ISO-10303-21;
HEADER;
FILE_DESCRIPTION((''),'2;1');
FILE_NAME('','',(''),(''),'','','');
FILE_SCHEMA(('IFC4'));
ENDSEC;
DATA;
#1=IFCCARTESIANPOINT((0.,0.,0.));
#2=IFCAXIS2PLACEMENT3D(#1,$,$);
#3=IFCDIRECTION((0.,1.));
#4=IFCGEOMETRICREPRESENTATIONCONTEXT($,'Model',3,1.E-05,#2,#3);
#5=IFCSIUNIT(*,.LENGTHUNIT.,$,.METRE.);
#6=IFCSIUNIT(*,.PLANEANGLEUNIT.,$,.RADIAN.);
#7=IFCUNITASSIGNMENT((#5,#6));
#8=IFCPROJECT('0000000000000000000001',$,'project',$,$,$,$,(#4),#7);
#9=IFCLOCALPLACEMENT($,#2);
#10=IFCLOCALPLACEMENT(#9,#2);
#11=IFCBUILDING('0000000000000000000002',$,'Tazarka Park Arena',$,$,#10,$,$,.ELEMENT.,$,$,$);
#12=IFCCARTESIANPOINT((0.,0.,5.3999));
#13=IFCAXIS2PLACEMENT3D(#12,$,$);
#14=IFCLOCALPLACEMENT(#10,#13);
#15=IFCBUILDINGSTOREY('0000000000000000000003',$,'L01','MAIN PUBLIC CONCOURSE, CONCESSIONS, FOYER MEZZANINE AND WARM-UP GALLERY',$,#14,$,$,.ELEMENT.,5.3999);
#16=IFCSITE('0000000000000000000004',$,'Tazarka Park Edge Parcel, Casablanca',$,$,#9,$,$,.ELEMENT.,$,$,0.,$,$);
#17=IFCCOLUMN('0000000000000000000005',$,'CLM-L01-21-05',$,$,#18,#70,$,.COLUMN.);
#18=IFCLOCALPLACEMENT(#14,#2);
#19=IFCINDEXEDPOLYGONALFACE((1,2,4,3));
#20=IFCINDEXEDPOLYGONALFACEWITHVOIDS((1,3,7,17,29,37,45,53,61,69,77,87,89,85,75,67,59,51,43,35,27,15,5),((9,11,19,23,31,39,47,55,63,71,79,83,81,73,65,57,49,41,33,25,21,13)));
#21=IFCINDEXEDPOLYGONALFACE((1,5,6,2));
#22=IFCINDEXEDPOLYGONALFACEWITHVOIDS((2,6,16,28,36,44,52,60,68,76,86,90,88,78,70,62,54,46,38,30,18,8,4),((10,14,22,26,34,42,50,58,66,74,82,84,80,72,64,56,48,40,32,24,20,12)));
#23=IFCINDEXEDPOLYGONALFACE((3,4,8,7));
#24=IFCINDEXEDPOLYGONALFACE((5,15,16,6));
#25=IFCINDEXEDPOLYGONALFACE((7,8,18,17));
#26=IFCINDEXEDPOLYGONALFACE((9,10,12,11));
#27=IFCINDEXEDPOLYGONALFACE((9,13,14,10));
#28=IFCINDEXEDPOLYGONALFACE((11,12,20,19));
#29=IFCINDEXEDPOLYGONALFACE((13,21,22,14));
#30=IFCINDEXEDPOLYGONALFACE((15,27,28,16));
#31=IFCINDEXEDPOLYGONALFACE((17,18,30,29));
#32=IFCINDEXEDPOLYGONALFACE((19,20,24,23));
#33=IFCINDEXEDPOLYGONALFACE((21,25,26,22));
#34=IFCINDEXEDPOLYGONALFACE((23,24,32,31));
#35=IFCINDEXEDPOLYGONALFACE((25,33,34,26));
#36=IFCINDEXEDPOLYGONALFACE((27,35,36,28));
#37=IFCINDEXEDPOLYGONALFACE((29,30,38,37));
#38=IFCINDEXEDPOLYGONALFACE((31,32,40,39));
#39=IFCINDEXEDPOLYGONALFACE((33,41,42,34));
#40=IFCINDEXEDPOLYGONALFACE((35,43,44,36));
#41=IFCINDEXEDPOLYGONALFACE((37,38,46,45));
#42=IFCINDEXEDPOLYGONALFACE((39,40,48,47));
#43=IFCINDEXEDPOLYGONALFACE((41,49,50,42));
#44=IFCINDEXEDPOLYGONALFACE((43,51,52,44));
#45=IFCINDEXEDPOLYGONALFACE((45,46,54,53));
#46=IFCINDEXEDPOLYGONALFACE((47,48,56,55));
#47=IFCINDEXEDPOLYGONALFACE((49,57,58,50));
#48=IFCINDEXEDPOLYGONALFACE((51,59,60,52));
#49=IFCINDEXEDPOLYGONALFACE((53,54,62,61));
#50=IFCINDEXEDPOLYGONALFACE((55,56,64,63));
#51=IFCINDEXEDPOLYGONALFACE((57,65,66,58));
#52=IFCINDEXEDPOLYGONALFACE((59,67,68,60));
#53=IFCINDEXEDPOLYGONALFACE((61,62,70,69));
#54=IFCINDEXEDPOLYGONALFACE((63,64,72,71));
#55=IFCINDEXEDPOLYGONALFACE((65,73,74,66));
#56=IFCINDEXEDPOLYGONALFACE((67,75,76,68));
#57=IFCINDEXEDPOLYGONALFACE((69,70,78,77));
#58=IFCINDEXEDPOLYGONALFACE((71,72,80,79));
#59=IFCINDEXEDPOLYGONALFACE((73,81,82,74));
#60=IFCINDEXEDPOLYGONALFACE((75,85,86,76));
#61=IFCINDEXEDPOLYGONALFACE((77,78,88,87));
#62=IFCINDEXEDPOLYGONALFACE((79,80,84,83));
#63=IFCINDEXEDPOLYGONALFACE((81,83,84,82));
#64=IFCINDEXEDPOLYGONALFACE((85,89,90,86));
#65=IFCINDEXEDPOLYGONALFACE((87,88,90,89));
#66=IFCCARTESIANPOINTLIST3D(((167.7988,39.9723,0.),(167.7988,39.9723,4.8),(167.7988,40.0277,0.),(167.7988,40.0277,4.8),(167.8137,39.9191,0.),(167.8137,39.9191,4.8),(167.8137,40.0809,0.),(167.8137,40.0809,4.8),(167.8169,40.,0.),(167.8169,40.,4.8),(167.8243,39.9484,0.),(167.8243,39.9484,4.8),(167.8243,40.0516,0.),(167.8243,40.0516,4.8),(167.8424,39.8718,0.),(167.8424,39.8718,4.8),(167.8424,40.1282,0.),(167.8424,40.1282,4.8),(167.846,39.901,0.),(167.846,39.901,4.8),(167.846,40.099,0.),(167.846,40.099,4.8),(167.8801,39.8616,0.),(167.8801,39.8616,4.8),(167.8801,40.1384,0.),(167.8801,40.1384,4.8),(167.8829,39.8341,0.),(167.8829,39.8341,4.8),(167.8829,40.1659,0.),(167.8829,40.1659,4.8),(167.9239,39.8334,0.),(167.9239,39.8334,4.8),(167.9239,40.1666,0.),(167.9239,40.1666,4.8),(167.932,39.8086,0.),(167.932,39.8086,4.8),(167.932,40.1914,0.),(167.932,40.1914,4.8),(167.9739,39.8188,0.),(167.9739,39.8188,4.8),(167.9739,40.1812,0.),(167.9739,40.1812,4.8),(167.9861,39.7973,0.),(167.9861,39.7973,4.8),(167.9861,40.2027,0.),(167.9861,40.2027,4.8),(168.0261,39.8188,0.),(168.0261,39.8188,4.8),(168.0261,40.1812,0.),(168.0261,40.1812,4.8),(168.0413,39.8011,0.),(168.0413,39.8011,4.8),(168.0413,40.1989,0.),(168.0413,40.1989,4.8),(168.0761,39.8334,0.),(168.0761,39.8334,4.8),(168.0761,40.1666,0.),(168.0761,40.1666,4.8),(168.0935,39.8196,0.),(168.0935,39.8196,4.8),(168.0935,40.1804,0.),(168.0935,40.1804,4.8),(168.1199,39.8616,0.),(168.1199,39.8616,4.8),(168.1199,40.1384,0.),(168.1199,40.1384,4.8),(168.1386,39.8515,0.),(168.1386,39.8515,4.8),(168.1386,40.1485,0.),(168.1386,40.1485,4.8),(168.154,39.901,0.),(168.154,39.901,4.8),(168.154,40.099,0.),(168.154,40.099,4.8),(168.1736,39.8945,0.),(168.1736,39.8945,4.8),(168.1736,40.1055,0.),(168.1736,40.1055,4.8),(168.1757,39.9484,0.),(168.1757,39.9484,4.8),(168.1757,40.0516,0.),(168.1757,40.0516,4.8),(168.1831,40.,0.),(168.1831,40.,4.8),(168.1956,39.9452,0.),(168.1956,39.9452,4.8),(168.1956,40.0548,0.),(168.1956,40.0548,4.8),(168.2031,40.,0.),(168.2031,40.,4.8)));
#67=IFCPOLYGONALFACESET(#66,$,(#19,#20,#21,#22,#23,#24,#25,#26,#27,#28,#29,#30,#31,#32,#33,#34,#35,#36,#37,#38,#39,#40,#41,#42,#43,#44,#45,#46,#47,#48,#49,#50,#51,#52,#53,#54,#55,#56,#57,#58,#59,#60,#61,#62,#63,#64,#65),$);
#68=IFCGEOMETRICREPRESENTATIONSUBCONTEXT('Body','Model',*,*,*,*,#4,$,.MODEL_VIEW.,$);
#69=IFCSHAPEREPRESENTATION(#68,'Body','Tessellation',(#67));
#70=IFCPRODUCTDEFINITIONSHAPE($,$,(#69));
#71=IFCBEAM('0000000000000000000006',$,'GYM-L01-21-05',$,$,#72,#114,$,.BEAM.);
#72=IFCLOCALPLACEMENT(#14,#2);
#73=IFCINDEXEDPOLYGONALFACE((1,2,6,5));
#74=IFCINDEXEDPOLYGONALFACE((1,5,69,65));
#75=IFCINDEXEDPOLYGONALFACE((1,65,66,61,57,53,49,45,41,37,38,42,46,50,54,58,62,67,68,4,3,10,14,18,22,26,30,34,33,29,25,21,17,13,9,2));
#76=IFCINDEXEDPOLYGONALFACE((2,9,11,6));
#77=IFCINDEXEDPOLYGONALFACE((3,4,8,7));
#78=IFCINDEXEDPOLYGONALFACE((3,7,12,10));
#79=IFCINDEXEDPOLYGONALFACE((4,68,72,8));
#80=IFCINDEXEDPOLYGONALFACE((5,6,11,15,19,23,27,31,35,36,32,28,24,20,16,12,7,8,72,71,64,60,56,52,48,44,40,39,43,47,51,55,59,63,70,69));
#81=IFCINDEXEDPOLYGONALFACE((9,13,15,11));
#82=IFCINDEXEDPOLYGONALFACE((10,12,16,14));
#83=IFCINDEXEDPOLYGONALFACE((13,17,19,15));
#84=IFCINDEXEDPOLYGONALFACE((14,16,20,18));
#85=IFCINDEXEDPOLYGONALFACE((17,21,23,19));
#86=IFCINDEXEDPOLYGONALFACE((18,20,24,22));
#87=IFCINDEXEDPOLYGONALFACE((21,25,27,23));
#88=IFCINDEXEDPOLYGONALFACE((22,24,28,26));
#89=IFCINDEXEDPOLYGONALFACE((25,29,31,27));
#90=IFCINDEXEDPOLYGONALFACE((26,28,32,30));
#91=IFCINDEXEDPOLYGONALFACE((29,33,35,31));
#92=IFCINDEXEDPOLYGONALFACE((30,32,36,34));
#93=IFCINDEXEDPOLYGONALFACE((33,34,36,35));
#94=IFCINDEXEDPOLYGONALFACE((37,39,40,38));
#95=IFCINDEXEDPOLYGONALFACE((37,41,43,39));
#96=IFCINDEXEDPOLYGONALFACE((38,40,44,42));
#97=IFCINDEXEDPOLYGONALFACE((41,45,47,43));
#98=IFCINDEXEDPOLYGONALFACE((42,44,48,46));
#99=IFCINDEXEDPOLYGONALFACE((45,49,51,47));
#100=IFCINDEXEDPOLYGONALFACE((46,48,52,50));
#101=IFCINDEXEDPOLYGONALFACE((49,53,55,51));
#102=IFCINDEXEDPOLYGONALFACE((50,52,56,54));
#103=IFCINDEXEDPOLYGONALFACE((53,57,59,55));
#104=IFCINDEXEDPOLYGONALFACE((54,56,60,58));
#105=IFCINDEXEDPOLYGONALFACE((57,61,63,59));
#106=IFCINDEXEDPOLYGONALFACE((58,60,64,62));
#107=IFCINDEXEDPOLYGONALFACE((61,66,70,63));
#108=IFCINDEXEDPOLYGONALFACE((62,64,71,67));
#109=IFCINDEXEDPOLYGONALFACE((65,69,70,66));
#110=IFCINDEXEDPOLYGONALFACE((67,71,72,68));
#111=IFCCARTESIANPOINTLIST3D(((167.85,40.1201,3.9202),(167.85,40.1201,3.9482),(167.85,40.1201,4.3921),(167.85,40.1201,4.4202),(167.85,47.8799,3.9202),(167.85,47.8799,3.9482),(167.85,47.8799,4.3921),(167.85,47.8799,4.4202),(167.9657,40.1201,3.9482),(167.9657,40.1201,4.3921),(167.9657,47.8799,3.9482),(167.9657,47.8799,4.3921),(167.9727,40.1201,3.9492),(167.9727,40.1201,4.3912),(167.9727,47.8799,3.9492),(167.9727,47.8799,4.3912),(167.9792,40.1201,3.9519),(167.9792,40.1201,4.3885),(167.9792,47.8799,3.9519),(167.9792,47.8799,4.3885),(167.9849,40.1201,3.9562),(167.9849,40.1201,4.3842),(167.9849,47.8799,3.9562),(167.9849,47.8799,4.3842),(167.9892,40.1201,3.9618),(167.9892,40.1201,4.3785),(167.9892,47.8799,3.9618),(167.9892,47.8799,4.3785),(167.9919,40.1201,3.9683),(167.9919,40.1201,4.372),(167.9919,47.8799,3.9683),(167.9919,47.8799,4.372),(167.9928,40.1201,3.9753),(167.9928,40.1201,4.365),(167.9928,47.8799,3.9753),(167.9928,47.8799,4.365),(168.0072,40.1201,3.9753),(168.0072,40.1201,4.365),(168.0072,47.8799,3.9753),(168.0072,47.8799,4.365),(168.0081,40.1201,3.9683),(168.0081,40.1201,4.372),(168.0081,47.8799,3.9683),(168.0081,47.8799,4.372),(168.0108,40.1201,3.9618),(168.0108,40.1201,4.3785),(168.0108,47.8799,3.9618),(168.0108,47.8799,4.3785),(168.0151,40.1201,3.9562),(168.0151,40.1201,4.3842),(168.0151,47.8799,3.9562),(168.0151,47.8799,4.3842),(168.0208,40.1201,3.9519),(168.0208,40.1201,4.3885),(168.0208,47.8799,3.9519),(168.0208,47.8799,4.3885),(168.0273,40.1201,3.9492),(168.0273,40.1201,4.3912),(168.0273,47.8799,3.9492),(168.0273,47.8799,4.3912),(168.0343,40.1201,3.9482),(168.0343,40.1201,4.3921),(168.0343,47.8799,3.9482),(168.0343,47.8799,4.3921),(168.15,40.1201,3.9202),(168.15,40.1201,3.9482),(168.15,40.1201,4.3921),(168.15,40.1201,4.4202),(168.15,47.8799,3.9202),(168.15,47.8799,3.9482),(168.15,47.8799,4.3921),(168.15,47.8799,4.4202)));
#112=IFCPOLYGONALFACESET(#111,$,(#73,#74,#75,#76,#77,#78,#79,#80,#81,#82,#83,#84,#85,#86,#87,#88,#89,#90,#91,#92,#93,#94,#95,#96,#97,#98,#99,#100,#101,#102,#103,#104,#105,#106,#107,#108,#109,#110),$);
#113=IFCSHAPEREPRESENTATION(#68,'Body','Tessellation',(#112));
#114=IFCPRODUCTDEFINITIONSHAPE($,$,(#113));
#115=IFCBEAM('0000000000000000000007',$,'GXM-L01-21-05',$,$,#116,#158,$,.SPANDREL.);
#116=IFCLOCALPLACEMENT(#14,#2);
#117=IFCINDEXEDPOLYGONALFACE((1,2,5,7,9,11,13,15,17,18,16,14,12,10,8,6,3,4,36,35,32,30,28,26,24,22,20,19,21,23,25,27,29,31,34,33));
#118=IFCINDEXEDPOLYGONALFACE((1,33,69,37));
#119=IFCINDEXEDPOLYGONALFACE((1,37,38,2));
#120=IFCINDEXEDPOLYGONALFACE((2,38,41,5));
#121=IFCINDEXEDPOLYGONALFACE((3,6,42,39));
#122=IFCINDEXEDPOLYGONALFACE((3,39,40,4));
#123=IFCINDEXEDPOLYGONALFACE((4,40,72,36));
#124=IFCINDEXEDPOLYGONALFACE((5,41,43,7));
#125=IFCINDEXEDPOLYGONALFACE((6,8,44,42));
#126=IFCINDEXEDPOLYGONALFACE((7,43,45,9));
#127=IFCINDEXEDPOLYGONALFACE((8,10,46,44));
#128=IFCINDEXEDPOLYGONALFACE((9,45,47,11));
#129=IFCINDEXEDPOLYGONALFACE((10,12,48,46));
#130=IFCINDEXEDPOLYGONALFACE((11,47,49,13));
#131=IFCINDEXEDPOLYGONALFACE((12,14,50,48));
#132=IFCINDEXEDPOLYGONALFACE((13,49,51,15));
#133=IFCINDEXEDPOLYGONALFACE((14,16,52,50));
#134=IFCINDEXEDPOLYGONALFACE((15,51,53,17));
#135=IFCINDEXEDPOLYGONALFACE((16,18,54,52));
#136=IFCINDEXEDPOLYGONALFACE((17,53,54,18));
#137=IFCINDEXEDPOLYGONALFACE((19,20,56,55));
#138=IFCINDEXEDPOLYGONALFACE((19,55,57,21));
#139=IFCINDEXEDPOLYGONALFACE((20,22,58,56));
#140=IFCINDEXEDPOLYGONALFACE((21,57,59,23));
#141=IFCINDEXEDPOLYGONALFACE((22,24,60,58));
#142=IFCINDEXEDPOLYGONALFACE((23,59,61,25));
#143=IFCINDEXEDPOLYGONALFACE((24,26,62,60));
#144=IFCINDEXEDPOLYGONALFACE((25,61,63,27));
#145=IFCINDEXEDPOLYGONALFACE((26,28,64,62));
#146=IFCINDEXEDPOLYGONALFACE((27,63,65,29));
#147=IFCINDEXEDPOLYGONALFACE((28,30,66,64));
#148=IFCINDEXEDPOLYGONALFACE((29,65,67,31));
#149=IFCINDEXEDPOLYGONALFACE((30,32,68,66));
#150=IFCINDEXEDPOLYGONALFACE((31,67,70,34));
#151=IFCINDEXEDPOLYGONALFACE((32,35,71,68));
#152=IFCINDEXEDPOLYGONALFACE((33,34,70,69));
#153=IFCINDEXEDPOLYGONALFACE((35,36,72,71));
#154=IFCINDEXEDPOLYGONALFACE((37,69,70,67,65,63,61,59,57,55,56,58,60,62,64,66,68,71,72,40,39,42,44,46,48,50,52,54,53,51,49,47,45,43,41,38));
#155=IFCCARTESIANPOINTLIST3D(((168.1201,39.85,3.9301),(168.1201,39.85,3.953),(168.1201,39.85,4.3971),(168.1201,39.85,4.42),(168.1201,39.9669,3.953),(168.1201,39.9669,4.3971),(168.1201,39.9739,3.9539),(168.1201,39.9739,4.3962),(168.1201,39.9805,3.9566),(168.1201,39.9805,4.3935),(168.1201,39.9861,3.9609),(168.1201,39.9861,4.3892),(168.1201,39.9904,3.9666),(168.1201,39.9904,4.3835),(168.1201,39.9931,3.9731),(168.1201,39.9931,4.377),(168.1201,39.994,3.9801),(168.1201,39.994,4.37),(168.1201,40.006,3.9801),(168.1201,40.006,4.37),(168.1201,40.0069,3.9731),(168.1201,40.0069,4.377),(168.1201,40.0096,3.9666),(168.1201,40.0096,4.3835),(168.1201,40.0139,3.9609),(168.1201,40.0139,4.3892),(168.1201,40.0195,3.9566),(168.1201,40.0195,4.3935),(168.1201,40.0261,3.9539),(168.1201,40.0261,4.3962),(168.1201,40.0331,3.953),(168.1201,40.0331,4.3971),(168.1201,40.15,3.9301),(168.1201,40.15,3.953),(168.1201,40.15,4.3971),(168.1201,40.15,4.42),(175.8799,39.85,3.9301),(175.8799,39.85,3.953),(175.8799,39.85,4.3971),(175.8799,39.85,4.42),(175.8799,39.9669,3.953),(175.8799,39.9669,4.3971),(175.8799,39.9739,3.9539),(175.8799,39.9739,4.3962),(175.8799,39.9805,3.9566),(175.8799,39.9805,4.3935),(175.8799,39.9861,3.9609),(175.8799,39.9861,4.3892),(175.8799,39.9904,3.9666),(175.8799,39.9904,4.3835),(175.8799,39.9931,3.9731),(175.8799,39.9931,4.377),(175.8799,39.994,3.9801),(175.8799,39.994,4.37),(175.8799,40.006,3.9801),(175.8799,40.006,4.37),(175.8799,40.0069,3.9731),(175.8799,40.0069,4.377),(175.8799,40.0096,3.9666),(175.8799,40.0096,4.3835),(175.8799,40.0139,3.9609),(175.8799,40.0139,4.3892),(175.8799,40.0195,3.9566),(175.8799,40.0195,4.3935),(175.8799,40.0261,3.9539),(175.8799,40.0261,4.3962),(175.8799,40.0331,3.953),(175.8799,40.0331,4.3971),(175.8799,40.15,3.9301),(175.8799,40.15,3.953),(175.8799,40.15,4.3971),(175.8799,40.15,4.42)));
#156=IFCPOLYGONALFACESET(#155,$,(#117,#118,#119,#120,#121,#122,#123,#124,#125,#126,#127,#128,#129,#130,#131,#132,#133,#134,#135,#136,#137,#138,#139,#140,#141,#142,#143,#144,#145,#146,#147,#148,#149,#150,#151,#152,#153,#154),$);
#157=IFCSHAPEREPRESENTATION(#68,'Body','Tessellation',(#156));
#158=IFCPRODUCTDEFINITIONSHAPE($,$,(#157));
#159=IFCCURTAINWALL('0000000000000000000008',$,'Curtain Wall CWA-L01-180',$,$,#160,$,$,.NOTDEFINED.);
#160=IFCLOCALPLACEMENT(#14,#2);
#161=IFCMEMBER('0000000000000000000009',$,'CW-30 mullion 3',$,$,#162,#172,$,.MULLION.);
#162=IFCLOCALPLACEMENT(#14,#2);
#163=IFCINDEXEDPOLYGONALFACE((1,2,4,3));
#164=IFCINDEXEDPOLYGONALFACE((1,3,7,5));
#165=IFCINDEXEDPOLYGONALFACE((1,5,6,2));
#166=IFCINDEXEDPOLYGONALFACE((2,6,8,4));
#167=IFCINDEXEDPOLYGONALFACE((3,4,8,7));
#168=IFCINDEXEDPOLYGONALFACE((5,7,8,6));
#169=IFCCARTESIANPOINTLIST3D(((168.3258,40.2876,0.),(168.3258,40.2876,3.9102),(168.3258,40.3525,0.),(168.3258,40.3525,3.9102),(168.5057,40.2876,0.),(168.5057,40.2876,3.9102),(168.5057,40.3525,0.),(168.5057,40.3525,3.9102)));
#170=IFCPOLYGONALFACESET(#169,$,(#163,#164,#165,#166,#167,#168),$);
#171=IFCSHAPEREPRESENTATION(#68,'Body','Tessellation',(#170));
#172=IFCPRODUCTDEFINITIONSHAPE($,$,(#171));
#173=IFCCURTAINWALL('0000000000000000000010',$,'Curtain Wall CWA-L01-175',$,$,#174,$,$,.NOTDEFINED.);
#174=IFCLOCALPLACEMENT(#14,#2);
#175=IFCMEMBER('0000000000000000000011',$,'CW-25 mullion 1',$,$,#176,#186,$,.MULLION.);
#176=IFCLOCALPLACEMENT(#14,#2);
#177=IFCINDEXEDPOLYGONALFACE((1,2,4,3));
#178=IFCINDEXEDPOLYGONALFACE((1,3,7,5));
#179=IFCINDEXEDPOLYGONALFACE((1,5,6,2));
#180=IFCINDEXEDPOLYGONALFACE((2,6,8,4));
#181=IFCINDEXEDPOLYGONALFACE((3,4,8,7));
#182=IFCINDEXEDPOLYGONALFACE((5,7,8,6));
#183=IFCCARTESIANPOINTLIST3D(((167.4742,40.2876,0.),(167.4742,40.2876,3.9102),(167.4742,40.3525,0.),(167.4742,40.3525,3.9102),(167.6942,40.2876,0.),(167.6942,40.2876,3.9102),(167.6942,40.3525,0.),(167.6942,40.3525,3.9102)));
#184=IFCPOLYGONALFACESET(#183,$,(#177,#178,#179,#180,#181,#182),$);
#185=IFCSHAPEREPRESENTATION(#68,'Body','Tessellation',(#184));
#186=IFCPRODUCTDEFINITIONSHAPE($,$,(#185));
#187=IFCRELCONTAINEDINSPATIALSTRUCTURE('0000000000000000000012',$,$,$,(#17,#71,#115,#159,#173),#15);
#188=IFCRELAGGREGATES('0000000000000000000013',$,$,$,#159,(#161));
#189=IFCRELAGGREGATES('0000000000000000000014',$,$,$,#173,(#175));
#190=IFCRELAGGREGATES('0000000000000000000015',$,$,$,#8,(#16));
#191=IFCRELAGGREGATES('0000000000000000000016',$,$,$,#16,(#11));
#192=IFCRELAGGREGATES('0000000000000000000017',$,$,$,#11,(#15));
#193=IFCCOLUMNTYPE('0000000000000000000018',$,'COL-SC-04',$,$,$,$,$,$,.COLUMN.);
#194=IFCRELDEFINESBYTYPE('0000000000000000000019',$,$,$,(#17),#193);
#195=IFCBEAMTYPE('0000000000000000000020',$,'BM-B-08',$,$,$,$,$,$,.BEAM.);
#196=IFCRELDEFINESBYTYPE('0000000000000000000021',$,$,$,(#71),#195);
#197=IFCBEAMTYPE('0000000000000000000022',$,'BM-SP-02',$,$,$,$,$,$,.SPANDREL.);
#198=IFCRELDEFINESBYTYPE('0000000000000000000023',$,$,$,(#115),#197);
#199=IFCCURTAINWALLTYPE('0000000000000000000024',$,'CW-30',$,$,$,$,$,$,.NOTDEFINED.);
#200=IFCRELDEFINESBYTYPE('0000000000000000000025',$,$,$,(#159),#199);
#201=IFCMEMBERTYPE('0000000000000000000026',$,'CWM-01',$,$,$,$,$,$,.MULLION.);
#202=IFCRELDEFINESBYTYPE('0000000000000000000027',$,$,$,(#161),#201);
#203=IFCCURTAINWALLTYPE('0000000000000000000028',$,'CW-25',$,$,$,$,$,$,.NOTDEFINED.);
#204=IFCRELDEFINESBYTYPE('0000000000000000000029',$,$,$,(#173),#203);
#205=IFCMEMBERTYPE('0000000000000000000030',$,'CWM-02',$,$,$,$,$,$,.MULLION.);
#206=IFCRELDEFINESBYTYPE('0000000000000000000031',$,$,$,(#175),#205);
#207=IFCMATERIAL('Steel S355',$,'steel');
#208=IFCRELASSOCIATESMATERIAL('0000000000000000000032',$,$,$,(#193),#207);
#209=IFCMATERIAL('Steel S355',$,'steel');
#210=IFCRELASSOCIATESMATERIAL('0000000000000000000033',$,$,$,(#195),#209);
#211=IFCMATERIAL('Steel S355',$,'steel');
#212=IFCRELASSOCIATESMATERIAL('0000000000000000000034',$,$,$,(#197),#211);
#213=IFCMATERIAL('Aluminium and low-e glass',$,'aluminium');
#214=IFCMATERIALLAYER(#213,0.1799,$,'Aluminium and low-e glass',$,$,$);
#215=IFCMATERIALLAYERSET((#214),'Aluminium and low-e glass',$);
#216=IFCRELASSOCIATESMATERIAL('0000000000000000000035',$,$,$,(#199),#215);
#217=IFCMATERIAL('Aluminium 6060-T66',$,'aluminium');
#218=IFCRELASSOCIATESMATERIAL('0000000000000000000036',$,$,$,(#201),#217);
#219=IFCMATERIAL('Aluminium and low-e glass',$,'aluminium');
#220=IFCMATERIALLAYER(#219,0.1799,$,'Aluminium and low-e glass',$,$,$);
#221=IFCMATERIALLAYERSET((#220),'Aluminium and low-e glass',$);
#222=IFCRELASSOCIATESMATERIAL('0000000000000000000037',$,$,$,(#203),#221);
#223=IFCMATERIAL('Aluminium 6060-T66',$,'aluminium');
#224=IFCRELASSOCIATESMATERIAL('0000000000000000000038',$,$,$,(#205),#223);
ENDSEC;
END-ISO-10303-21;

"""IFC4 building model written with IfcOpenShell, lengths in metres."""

from ifc_helpers import new_model, si_unit, direction, frame, origin, origin_2d, place, context, subcontext, project, spatial, rectangle, hollow_circle, i_section, extrude, material, layer, layer_set, material_profile, profile_set, type_object, element, aggregate, save


model = new_model("IFC4")

# Units and contexts
model_context = context("Model", 3, precision=1e-05, world=origin(), true_north=direction((0.0, 1.0)))
body_context = subcontext(model_context, "Body", "Model", "MODEL_VIEW")
ifc_project = project(units=[si_unit("LENGTHUNIT", "METRE"), si_unit("PLANEANGLEUNIT", "RADIAN")], contexts=[model_context])

# Site, building, storey
site_placement = place(None, origin())
site = spatial("IfcSite", under=ifc_project, at=site_placement, Name="Tazarka Park Edge Parcel, Casablanca", CompositionType="ELEMENT", RefElevation=0.0)
building_placement = place(site_placement, origin())
building = spatial("IfcBuilding", under=site, at=building_placement, Name="Tazarka Park Arena", CompositionType="ELEMENT")
storey_placement = place(building_placement, frame((0.0, 0.0, 5.3999)))
storey = spatial("IfcBuildingStorey", under=building, at=storey_placement, Name="L01", Description="MAIN PUBLIC CONCOURSE, CONCESSIONS, FOYER MEZZANINE AND WARM-UP GALLERY", CompositionType="ELEMENT", Elevation=5.3999)

# Column
ifc_material_1 = material(Name="Steel S355", Category="steel")
ifc_material_profile_1 = material_profile(ifc_material_1, hollow_circle(Radius=0.2031, WallThickness=0.02, at=origin_2d()), Name="Steel S355")
ifc_profile_set_1 = profile_set([ifc_material_profile_1], Name="Steel S355")
column_type = type_object("IfcColumnType", Name="COL-SC-04", PredefinedType="COLUMN", material=ifc_profile_set_1)
column_placement = place(storey_placement, frame((168.0, 40.0, 0.0), z_axis=(0.0, 0.0, 1.0), x_axis=(1.0, 0.0, 0.0)))
element("IfcColumn", 1, at=column_placement, inside=storey, type_object=column_type, Name="CLM-L01-21-05", PredefinedType="COLUMN", context=body_context, shape_type="SweptSolid", body=[
    extrude(hollow_circle(Radius=0.2031, WallThickness=0.02, at=origin_2d()), origin(), (0.0, 0.0, 1.0), 4.8),
])

# Beams
ifc_material_2 = material(Name="Steel S355", Category="steel")
ifc_material_profile_2 = material_profile(ifc_material_2, i_section(OverallWidth=0.3, OverallDepth=0.5, WebThickness=0.0144, FlangeThickness=0.0281, FilletRadius=0.0271, at=origin_2d()), Name="Steel S355")
ifc_profile_set_2 = profile_set([ifc_material_profile_2], Name="Steel S355")
beam_type_1 = type_object("IfcBeamType", Name="BM-B-08", PredefinedType="BEAM", material=ifc_profile_set_2)
beam_1_placement = place(storey_placement, frame((168.0, 40.1201, 4.1702), z_axis=(0.0, 1.0, 0.0), x_axis=(-1.0, 0.0, 0.0)))
element("IfcBeam", 2, at=beam_1_placement, inside=storey, type_object=beam_type_1, Name="GYM-L01-21-05", PredefinedType="BEAM", context=body_context, shape_type="SweptSolid", body=[
    extrude(i_section(OverallWidth=0.3, OverallDepth=0.5, WebThickness=0.0144, FlangeThickness=0.0281, FilletRadius=0.0271, at=origin_2d()), origin(), (0.0, 0.0, 1.0), 7.7598),
])
ifc_material_3 = material(Name="Steel S355", Category="steel")
ifc_material_profile_3 = material_profile(ifc_material_3, i_section(OverallWidth=0.3, OverallDepth=0.49, WebThickness=0.012, FlangeThickness=0.0229, FilletRadius=0.0271, at=origin_2d()), Name="Steel S355")
ifc_profile_set_3 = profile_set([ifc_material_profile_3], Name="Steel S355")
beam_type_2 = type_object("IfcBeamType", Name="BM-SP-02", PredefinedType="SPANDREL", material=ifc_profile_set_3)
beam_2_placement = place(storey_placement, frame((168.1201, 40.0, 4.175), z_axis=(1.0, 0.0, 0.0), x_axis=(0.0, 1.0, 0.0)))
element("IfcBeam", 3, at=beam_2_placement, inside=storey, type_object=beam_type_2, Name="GXM-L01-21-05", PredefinedType="SPANDREL", context=body_context, shape_type="SweptSolid", body=[
    extrude(i_section(OverallWidth=0.3, OverallDepth=0.49, WebThickness=0.012, FlangeThickness=0.0229, FilletRadius=0.0271, at=origin_2d()), origin(), (0.0, 0.0, 1.0), 7.7598),
])

# Curtain wall, member
ifc_material_4 = material(Name="Aluminium and low-e glass", Category="aluminium")
ifc_layer_1 = layer(ifc_material_4, 0.1799, Name="Aluminium and low-e glass")
ifc_layer_set_1 = layer_set([ifc_layer_1], Name="Aluminium and low-e glass")
curtain_wall_type_1 = type_object("IfcCurtainWallType", Name="CW-30", PredefinedType="NOTDEFINED", material=ifc_layer_set_1)
curtain_wall_1_placement = place(storey_placement, origin())
curtain_wall_1 = element("IfcCurtainWall", 4, at=curtain_wall_1_placement, inside=storey, type_object=curtain_wall_type_1, Name="Curtain Wall CWA-L01-180", PredefinedType="NOTDEFINED")
ifc_material_5 = material(Name="Aluminium 6060-T66", Category="aluminium")
ifc_material_profile_4 = material_profile(ifc_material_5, rectangle(XDim=0.0649, YDim=0.1799, at=origin_2d()), Name="Aluminium 6060-T66")
ifc_profile_set_4 = profile_set([ifc_material_profile_4], Name="Aluminium 6060-T66")
member_type_1 = type_object("IfcMemberType", Name="CWM-01", PredefinedType="MULLION", material=ifc_profile_set_4)
member_1_placement = place(storey_placement, frame((168.4158, 40.3201, 0.0), z_axis=(0.0, 0.0, 1.0), x_axis=(0.0, -1.0, 0.0)))
member_1 = element("IfcMember", 5, at=member_1_placement, type_object=member_type_1, Name="CW-30 mullion 3", PredefinedType="MULLION", context=body_context, shape_type="SweptSolid", body=[
    extrude(rectangle(XDim=0.0649, YDim=0.1799, at=origin_2d()), origin(), (0.0, 0.0, 1.0), 3.9102),
])

# Curtain wall, member
ifc_material_6 = material(Name="Aluminium and low-e glass", Category="aluminium")
ifc_layer_2 = layer(ifc_material_6, 0.1799, Name="Aluminium and low-e glass")
ifc_layer_set_2 = layer_set([ifc_layer_2], Name="Aluminium and low-e glass")
curtain_wall_type_2 = type_object("IfcCurtainWallType", Name="CW-25", PredefinedType="NOTDEFINED", material=ifc_layer_set_2)
curtain_wall_2_placement = place(storey_placement, origin())
curtain_wall_2 = element("IfcCurtainWall", 6, at=curtain_wall_2_placement, inside=storey, type_object=curtain_wall_type_2, Name="Curtain Wall CWA-L01-175", PredefinedType="NOTDEFINED")
ifc_material_7 = material(Name="Aluminium 6060-T66", Category="aluminium")
ifc_material_profile_5 = material_profile(ifc_material_7, rectangle(XDim=0.0649, YDim=0.22, at=origin_2d()), Name="Aluminium 6060-T66")
ifc_profile_set_5 = profile_set([ifc_material_profile_5], Name="Aluminium 6060-T66")
member_type_2 = type_object("IfcMemberType", Name="CWM-02", PredefinedType="MULLION", material=ifc_profile_set_5)
member_2_placement = place(storey_placement, frame((167.5842, 40.3201, 0.0), z_axis=(0.0, 0.0, 1.0), x_axis=(0.0, -1.0, 0.0)))
member_2 = element("IfcMember", 7, at=member_2_placement, type_object=member_type_2, Name="CW-25 mullion 1", PredefinedType="MULLION", context=body_context, shape_type="SweptSolid", body=[
    extrude(rectangle(XDim=0.0649, YDim=0.22, at=origin_2d()), origin(), (0.0, 0.0, 1.0), 3.9102),
])

aggregate(curtain_wall_1, [member_1])
aggregate(curtain_wall_2, [member_2])

save(model, "model.ifc")
